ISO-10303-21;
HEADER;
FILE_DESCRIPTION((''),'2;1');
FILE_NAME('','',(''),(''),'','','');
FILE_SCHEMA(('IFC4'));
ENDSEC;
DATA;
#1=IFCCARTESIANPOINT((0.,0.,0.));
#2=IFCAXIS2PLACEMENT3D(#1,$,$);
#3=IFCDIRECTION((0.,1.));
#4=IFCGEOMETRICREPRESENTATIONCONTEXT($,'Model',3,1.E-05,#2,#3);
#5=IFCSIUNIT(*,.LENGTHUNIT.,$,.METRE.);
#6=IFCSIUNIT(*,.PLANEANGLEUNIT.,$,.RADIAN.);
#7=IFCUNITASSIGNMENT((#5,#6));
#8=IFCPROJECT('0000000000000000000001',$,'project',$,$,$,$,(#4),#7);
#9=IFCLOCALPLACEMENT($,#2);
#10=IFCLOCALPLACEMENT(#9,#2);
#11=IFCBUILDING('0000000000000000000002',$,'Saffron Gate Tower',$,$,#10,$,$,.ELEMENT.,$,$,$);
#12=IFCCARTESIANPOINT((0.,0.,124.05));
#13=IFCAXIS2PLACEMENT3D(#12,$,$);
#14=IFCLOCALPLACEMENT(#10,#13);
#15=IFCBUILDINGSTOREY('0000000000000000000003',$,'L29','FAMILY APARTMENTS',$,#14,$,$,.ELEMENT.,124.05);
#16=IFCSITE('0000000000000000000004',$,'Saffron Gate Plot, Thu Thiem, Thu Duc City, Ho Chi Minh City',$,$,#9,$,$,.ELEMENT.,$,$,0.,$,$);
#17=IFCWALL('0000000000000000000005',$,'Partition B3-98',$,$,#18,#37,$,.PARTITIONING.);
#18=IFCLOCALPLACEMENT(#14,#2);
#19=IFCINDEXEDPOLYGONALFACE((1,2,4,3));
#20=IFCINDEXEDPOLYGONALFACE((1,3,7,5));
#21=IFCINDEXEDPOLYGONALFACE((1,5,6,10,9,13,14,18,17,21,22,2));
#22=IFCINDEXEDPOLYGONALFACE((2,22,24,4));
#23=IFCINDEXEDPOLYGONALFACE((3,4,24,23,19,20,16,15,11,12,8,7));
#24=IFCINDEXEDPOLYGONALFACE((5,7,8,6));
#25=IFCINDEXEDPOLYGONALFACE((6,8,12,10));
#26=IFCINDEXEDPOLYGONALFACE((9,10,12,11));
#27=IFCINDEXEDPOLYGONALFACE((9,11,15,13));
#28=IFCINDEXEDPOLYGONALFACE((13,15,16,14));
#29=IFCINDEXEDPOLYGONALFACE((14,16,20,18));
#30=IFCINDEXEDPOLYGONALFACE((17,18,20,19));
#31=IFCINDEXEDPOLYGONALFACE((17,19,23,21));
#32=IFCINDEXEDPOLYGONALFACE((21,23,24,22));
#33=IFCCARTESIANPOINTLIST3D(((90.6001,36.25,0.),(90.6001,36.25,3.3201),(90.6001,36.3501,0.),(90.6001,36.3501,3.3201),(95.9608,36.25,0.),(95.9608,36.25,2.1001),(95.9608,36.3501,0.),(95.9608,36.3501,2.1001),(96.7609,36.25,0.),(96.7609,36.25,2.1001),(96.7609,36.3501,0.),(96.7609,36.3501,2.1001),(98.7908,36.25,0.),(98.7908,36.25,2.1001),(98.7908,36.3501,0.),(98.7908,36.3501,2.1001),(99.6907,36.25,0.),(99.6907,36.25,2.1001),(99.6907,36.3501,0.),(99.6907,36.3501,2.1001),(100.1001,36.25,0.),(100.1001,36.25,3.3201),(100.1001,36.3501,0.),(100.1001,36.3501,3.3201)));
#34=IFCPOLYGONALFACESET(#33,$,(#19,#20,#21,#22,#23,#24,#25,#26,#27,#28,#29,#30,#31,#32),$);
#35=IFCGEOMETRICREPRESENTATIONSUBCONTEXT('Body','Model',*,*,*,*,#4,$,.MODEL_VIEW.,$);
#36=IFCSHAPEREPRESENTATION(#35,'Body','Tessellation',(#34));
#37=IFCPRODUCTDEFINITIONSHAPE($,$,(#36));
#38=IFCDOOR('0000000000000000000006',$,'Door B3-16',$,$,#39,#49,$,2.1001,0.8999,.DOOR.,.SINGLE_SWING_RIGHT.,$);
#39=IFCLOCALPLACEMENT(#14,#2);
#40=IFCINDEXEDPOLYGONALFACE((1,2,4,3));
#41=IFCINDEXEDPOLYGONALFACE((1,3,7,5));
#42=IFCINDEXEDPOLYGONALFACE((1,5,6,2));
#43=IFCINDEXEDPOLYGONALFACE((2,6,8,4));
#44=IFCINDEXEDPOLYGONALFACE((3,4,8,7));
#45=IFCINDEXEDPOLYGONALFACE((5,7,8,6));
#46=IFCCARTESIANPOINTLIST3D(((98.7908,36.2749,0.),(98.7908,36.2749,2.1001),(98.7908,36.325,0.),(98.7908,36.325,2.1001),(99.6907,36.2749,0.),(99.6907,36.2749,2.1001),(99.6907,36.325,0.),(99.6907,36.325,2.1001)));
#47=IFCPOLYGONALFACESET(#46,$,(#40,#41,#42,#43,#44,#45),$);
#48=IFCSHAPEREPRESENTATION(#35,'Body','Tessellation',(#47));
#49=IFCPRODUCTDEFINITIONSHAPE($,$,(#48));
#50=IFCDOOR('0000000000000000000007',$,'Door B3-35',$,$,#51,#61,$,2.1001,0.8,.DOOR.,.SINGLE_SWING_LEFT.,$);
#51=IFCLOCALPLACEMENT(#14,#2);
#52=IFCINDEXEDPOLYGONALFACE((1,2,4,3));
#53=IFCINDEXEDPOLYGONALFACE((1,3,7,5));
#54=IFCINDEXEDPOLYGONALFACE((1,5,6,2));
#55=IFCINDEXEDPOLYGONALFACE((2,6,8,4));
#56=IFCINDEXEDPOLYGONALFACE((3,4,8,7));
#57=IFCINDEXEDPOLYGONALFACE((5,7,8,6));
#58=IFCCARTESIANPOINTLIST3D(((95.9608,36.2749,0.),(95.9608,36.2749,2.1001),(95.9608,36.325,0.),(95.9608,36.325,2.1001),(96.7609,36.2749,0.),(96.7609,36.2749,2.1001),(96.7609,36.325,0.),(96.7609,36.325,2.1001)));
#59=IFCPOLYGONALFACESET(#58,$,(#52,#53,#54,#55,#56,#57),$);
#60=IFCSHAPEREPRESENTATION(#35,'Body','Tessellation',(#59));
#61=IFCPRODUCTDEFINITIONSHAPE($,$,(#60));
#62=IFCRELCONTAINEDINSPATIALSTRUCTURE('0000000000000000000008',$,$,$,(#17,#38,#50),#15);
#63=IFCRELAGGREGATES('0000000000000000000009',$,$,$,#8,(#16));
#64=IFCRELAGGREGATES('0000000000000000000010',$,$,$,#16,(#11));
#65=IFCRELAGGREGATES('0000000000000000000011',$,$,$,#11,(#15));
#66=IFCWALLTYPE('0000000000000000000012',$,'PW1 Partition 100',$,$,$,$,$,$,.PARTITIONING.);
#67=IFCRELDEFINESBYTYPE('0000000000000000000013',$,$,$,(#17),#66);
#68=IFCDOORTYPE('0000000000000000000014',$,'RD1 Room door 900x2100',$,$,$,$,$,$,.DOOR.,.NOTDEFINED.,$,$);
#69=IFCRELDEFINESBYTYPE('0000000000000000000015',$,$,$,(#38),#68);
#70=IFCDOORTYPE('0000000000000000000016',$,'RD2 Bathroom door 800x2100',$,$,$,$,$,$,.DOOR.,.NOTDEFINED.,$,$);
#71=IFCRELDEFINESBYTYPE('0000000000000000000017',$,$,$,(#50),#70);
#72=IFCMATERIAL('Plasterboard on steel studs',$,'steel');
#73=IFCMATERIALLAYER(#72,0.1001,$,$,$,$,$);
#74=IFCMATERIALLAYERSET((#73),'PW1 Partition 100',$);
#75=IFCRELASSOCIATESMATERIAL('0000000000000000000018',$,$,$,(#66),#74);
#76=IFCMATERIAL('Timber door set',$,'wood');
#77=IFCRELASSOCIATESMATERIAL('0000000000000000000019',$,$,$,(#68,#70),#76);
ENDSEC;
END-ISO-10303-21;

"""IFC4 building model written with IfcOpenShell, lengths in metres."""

from ifc_helpers import new_model, si_unit, direction, frame, frame_2d, origin, place, context, subcontext, project, spatial, rectangle, extrude, material, layer, layer_set, type_object, element, fill, save


model = new_model("IFC4")

# Units and contexts
model_context = context("Model", 3, precision=1e-05, world=origin(), true_north=direction((0.0, 1.0)))
body_context = subcontext(model_context, "Body", "Model", "MODEL_VIEW")
ifc_project = project(units=[si_unit("LENGTHUNIT", "METRE"), si_unit("PLANEANGLEUNIT", "RADIAN")], contexts=[model_context])

# Site, building, storey
site_placement = place(None, origin())
site = spatial("IfcSite", under=ifc_project, at=site_placement, Name="Saffron Gate Plot, Thu Thiem, Thu Duc City, Ho Chi Minh City", CompositionType="ELEMENT", RefElevation=0.0)
building_placement = place(site_placement, origin())
building = spatial("IfcBuilding", under=site, at=building_placement, Name="Saffron Gate Tower", CompositionType="ELEMENT")
storey_placement = place(building_placement, frame((0.0, 0.0, 124.05)))
storey = spatial("IfcBuildingStorey", under=building, at=storey_placement, Name="L29", Description="FAMILY APARTMENTS", CompositionType="ELEMENT", Elevation=124.05)

# Shared definitions
ifc_material_1 = material(Name="Plasterboard on steel studs", Category="steel")
ifc_layer = layer(ifc_material_1, 0.1001)
ifc_layer_set = layer_set([ifc_layer], Name="PW1 Partition 100")
wall_type = type_object("IfcWallType", Name="PW1 Partition 100", PredefinedType="PARTITIONING", material=ifc_layer_set)
ifc_material_2 = material(Name="Timber door set", Category="wood")
door_type_1 = type_object("IfcDoorType", Name="RD1 Room door 900x2100", OperationType="NOTDEFINED", PredefinedType="DOOR", material=ifc_material_2)

# Shared definitions
door_type_2 = type_object("IfcDoorType", Name="RD2 Bathroom door 800x2100", OperationType="NOTDEFINED", PredefinedType="DOOR", material=ifc_material_2)

# Wall, openings, doors
wall_1_placement = place(storey_placement, frame((90.6001, 36.3, 0.0), z_axis=(0.0, 0.0, 1.0), x_axis=(1.0, 0.0, 0.0)))
wall_1 = element("IfcWall", 1, at=wall_1_placement, inside=storey, type_object=wall_type, Name="Partition B3-98", PredefinedType="PARTITIONING", context=body_context, shape_type="SweptSolid", body=[
    extrude(rectangle(XDim=9.5, YDim=0.1001, at=frame_2d((4.75, 0.0))), origin(), (0.0, 0.0, 1.0), 3.3201),
])
opening_1_placement = place(wall_1_placement, frame((5.3608, 0.0, 0.0)))
opening_1 = element("IfcOpeningElement", 2, at=opening_1_placement, cuts=wall_1, PredefinedType="OPENING", context=body_context, shape_type="SweptSolid", body=[
    extrude(rectangle(XDim=0.8, YDim=2.1001, at=frame_2d((0.3999, 1.05))), frame((0.0, 0.0601, 0.0), z_axis=(0.0, -1.0, 0.0), x_axis=(1.0, 0.0, 0.0)), (0.0, 0.0, 1.0), 0.1201),
])
opening_2_placement = place(wall_1_placement, frame((8.1907, 0.0, 0.0)))
opening_2 = element("IfcOpeningElement", 3, at=opening_2_placement, cuts=wall_1, PredefinedType="OPENING", context=body_context, shape_type="SweptSolid", body=[
    extrude(rectangle(XDim=0.8999, YDim=2.1001, at=frame_2d((0.45, 1.05))), frame((0.0, 0.0601, 0.0), z_axis=(0.0, -1.0, 0.0), x_axis=(1.0, 0.0, 0.0)), (0.0, 0.0, 1.0), 0.1201),
])
door_1_placement = place(opening_2_placement, origin())
door_1 = element("IfcDoor", 4, at=door_1_placement, inside=storey, type_object=door_type_1, Name="Door B3-16", OperationType="SINGLE_SWING_RIGHT", OverallHeight=2.1001, OverallWidth=0.8999, PredefinedType="DOOR", context=body_context, shape_type="SweptSolid", body=[
    extrude(rectangle(XDim=0.8999, YDim=2.1001, at=frame_2d((0.45, 1.05))), frame((0.0, 0.0249, 0.0), z_axis=(0.0, -1.0, 0.0), x_axis=(1.0, 0.0, 0.0)), (0.0, 0.0, 1.0), 0.05),
])
fill(opening_2, door_1)
door_2_placement = place(opening_1_placement, origin())
door_2 = element("IfcDoor", 5, at=door_2_placement, inside=storey, type_object=door_type_2, Name="Door B3-35", OperationType="SINGLE_SWING_LEFT", OverallHeight=2.1001, OverallWidth=0.8, PredefinedType="DOOR", context=body_context, shape_type="SweptSolid", body=[
    extrude(rectangle(XDim=0.8, YDim=2.1001, at=frame_2d((0.3999, 1.05))), frame((0.0, 0.0249, 0.0), z_axis=(0.0, -1.0, 0.0), x_axis=(1.0, 0.0, 0.0)), (0.0, 0.0, 1.0), 0.05),
])
fill(opening_1, door_2)

save(model, "model.ifc")
